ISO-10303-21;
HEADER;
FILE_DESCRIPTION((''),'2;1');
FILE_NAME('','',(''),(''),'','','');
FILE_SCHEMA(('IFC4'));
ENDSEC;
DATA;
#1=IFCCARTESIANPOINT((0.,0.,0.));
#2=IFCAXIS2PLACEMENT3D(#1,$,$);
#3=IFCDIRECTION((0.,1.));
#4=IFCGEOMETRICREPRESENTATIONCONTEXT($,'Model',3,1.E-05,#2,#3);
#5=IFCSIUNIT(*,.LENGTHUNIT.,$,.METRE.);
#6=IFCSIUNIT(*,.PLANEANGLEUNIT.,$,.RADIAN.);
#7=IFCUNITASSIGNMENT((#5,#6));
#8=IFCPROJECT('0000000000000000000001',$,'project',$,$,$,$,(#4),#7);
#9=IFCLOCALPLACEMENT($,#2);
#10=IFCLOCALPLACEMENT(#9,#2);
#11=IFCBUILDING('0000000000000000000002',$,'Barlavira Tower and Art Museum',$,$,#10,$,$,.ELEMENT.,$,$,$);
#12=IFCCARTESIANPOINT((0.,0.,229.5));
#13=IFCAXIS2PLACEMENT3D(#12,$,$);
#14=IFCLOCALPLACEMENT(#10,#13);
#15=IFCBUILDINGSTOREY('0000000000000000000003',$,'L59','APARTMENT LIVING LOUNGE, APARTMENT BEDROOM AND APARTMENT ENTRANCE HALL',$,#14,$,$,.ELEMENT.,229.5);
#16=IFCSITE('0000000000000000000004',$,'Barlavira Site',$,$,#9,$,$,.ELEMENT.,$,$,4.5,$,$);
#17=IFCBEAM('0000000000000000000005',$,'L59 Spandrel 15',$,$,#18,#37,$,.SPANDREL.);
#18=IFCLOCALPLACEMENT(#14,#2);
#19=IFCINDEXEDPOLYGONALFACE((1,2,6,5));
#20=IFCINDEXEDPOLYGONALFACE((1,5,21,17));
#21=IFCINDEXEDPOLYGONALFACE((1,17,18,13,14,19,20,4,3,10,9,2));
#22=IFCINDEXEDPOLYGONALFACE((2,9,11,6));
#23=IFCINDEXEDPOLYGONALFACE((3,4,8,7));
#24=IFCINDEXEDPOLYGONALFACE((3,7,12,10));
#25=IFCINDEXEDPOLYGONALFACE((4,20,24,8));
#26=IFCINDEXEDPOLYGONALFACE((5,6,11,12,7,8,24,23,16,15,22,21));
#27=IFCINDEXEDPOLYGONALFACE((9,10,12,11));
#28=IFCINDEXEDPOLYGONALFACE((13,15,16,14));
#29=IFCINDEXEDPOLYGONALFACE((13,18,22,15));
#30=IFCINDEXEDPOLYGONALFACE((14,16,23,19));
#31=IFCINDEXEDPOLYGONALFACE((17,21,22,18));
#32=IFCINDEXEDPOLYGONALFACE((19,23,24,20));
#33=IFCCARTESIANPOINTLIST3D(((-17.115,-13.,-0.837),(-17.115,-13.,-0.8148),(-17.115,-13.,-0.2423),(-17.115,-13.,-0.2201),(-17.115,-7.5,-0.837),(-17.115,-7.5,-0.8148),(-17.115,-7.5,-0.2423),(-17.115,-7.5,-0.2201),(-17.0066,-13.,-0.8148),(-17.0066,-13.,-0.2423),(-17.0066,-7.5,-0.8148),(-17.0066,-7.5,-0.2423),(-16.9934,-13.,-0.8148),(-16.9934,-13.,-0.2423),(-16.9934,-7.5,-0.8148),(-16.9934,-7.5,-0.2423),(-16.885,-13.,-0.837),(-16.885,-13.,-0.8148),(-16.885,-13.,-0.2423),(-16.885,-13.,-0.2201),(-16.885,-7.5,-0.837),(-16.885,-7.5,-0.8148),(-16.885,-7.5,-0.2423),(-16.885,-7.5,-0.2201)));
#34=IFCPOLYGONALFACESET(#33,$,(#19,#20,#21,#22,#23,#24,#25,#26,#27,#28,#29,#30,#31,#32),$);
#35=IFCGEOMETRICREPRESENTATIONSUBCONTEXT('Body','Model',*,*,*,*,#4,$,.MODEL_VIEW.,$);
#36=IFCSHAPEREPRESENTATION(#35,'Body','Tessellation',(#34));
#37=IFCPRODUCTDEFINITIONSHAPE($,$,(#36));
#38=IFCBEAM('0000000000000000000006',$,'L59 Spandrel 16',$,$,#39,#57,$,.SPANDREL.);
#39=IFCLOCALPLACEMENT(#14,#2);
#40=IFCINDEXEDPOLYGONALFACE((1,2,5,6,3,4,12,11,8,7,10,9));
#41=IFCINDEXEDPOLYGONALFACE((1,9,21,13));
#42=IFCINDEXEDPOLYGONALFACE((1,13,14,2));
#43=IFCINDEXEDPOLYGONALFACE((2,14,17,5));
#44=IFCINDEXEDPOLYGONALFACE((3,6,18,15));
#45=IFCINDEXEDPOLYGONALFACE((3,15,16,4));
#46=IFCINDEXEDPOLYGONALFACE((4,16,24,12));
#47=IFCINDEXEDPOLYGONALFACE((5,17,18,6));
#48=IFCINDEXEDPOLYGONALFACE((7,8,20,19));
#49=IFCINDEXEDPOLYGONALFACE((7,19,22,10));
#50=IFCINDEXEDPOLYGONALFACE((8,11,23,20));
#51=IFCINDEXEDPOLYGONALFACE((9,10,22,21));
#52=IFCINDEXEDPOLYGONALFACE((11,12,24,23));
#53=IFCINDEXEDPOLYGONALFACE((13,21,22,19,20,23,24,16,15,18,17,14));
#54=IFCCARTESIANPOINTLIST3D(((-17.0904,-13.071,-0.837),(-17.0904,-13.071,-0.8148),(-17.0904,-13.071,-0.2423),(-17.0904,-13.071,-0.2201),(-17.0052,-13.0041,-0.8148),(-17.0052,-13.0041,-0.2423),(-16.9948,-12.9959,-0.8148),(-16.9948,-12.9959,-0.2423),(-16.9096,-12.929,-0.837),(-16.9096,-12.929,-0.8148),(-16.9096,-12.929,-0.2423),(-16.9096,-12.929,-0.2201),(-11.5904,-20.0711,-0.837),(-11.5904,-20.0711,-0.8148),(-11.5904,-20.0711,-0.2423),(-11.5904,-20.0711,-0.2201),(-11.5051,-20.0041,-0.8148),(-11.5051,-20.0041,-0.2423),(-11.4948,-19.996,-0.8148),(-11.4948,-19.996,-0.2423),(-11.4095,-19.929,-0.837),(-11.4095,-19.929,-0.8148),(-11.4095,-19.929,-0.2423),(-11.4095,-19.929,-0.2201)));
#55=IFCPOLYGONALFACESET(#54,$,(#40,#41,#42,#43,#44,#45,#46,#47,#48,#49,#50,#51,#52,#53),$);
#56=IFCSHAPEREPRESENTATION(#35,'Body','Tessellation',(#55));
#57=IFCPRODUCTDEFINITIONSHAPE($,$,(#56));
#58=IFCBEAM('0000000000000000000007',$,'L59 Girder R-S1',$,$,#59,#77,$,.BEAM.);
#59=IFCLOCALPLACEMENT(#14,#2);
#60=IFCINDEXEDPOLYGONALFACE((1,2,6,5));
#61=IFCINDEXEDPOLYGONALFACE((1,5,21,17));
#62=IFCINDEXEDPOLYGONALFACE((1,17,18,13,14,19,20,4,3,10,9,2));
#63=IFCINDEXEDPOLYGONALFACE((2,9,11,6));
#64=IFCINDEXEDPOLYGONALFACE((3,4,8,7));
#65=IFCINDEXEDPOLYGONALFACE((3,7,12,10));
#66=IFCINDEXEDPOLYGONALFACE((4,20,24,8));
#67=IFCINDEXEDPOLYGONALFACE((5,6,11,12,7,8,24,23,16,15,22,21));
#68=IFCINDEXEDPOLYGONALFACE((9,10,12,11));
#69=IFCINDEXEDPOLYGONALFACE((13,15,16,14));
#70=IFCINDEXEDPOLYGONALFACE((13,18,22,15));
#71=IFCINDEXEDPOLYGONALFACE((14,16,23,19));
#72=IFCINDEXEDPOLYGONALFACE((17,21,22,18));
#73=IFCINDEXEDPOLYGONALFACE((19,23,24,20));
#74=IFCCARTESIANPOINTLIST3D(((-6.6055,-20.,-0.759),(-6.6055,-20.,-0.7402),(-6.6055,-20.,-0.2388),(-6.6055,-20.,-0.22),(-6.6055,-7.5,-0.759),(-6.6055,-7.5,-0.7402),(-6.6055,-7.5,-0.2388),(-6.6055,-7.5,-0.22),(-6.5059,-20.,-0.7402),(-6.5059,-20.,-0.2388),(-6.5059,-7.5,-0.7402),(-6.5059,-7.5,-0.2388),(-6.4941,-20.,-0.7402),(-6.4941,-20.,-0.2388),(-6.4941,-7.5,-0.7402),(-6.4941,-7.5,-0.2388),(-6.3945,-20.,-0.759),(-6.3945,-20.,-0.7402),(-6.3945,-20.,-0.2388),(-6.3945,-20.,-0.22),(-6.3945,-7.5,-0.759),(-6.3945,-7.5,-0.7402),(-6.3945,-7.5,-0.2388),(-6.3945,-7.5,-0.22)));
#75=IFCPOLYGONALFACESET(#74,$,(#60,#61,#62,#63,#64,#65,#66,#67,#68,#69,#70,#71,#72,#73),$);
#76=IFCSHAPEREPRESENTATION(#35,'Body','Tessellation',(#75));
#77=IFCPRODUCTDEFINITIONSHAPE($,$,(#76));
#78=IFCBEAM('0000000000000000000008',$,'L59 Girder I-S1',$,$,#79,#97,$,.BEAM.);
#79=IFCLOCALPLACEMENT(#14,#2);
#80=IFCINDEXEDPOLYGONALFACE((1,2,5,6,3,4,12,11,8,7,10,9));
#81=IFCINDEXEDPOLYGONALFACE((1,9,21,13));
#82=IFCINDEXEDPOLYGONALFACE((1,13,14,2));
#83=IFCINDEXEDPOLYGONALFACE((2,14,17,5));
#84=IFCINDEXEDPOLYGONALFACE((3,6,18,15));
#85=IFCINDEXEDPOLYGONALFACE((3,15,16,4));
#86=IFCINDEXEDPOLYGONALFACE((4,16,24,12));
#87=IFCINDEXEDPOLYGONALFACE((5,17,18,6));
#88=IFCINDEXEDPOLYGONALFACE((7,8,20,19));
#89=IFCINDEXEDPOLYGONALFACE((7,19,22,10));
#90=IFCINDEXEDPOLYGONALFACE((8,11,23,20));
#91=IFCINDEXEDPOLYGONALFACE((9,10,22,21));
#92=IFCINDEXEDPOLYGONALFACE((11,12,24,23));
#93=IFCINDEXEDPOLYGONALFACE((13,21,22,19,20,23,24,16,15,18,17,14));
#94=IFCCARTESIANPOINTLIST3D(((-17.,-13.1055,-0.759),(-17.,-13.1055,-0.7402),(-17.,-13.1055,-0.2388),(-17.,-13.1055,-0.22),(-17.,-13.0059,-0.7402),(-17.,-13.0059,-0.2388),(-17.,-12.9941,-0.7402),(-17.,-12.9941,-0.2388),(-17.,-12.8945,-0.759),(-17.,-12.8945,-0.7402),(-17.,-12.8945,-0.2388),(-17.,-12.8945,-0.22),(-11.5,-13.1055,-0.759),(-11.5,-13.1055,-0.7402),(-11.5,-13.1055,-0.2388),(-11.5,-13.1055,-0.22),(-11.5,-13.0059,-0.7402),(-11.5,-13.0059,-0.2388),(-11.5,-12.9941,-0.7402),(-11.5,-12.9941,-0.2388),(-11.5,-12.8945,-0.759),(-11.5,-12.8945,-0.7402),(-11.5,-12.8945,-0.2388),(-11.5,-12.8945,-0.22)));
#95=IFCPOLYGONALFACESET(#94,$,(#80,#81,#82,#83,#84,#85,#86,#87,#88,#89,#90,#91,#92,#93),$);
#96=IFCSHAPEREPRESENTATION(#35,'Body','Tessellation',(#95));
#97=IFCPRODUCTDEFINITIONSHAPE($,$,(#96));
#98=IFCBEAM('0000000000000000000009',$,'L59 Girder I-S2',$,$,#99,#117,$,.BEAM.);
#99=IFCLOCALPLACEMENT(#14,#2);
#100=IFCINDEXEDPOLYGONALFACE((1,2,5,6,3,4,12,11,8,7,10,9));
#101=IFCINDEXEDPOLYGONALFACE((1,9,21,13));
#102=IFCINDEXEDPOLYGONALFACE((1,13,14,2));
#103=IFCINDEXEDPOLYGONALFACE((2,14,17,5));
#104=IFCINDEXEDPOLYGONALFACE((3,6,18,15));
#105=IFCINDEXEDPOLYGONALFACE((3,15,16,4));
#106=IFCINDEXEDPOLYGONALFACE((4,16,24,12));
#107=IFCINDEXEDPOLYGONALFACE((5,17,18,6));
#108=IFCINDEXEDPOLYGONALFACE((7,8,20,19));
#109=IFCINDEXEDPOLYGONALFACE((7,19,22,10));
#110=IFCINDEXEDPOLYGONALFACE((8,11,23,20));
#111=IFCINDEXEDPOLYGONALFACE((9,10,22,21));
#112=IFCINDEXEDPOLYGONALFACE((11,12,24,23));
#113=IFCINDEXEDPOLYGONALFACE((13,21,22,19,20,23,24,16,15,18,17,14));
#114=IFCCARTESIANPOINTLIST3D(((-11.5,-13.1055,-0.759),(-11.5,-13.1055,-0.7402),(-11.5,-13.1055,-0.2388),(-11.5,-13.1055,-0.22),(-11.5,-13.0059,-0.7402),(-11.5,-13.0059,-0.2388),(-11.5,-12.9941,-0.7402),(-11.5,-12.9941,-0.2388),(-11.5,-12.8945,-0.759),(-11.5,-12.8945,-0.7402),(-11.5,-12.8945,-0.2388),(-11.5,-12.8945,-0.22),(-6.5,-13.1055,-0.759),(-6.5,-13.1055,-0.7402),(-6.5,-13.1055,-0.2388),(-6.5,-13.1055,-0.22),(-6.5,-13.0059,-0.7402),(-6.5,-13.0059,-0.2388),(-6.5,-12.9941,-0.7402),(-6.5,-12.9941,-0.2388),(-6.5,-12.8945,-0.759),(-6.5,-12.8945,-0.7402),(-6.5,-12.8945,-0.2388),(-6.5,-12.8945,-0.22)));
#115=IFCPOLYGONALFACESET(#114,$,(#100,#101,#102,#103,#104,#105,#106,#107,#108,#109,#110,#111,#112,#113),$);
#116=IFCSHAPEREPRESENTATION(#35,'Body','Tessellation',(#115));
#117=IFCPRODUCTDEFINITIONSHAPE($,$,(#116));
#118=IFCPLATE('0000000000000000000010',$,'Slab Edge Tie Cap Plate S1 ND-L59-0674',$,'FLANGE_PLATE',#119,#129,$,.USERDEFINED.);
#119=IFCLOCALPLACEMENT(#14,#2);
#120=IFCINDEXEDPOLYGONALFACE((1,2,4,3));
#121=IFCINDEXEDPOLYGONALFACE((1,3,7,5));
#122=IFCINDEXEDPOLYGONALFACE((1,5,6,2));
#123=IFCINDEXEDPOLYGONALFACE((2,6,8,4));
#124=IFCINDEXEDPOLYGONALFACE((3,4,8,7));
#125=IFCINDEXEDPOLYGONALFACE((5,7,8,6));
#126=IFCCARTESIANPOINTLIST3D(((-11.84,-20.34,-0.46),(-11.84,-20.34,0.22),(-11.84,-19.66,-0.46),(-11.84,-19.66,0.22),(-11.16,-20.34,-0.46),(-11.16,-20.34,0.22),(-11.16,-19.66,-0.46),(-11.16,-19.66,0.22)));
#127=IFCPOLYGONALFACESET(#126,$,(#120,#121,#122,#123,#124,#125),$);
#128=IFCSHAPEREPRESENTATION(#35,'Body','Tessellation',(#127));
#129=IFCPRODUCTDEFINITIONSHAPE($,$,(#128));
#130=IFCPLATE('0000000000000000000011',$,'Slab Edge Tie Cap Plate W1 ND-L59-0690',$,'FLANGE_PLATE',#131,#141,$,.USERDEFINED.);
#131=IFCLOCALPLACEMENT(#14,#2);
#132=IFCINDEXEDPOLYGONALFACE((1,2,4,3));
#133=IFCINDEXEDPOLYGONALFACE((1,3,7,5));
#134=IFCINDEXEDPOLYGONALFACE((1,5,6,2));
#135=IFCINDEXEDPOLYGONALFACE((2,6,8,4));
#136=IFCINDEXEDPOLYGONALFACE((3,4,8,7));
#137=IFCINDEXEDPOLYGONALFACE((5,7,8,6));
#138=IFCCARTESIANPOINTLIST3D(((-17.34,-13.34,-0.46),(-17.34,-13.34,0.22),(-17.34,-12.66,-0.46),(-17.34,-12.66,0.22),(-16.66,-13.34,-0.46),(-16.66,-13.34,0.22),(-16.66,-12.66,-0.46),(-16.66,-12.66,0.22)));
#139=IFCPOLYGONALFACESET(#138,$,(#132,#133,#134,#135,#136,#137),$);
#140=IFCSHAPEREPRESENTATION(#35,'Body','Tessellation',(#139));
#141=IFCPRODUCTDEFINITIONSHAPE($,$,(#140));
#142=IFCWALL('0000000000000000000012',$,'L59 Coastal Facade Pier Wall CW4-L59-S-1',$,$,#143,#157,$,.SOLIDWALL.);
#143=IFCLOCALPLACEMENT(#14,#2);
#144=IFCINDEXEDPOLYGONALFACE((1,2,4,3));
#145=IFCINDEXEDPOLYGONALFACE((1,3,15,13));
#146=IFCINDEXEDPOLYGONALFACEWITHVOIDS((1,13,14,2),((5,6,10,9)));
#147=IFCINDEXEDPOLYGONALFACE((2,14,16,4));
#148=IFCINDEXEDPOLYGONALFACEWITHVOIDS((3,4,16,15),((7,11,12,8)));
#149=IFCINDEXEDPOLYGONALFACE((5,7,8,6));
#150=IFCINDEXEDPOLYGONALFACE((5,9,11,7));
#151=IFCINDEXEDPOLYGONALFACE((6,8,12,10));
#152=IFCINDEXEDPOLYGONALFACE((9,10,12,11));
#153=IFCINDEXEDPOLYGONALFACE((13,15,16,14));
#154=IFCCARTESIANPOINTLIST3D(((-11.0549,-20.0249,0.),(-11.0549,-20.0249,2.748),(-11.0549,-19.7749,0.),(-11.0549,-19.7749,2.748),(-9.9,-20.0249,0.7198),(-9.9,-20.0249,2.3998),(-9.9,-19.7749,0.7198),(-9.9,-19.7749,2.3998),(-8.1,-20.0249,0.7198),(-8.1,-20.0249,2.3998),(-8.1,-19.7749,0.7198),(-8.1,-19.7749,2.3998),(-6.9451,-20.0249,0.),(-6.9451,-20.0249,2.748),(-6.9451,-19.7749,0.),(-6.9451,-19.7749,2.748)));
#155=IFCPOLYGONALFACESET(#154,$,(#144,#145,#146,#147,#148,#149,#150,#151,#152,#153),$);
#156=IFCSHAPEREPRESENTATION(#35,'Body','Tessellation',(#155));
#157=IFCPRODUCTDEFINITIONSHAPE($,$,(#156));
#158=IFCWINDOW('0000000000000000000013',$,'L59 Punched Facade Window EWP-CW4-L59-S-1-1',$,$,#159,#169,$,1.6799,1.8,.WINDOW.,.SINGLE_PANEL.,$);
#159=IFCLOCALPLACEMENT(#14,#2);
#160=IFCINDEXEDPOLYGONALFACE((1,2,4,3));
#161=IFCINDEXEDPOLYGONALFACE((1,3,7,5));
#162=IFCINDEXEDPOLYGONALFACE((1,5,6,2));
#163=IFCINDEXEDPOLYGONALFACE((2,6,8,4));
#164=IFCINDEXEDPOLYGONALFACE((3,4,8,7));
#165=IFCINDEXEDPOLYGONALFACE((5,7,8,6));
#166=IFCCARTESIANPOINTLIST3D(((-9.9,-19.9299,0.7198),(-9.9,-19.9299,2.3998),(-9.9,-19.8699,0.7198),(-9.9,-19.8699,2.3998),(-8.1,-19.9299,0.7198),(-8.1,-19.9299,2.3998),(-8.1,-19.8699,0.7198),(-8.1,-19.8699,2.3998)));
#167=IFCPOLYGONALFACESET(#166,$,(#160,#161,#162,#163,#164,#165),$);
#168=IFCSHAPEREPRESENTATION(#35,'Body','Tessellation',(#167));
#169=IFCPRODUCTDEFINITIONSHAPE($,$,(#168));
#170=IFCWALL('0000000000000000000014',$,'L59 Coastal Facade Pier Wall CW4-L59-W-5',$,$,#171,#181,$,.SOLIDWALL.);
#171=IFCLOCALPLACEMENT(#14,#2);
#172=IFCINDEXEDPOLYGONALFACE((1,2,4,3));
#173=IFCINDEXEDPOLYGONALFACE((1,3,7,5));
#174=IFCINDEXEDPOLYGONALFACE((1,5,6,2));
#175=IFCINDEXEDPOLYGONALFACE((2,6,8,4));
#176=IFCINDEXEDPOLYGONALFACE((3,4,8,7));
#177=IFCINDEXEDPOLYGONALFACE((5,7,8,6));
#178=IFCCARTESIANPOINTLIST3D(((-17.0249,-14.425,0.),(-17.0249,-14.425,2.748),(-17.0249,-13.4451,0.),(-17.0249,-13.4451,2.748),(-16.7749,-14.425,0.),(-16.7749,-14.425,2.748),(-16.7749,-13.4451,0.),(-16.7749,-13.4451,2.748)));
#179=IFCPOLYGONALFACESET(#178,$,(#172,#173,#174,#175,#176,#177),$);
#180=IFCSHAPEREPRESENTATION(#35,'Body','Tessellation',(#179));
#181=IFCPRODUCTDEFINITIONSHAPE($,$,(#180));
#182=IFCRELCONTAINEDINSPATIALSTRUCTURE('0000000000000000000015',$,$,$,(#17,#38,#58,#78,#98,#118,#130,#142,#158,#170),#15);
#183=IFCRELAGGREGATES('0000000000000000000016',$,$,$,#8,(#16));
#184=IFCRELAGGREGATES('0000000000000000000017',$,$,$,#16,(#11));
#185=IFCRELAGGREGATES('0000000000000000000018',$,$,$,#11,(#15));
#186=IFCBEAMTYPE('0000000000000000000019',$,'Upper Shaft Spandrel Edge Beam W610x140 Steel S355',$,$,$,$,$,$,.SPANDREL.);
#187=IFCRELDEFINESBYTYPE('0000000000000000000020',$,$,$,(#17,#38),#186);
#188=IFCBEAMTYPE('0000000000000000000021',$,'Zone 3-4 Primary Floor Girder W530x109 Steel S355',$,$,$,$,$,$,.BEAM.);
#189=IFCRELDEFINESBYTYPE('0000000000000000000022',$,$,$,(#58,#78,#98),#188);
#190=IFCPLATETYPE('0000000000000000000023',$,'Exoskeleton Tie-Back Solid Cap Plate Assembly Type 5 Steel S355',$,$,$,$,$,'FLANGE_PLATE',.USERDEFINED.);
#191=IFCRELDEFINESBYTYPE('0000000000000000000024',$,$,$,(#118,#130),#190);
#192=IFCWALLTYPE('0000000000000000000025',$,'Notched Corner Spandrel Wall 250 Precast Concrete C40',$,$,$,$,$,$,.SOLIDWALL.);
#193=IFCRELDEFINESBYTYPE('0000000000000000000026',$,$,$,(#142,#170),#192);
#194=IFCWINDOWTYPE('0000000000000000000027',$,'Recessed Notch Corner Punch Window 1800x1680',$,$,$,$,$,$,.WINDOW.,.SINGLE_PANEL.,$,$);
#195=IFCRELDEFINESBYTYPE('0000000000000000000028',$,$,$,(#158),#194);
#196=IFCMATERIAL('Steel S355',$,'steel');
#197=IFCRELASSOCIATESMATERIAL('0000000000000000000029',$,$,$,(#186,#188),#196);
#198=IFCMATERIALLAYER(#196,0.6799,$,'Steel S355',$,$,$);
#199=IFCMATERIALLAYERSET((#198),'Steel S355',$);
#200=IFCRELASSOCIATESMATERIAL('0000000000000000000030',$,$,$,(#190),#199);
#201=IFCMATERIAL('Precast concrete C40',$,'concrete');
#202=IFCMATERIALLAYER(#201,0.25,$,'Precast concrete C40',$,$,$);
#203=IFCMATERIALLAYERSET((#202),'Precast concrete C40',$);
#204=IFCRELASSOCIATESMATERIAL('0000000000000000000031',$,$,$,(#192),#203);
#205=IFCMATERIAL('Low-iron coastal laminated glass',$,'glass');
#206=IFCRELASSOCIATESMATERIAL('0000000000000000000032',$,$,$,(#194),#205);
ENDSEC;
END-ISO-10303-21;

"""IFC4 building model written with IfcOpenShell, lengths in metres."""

from ifc_helpers import new_model, si_unit, direction, frame, frame_2d, origin, origin_2d, place, context, subcontext, project, spatial, rectangle, i_section, extrude, material, layer, layer_set, material_profile, profile_set, type_object, element, fill, save


model = new_model("IFC4")

# Units and contexts
model_context = context("Model", 3, precision=1e-05, world=origin(), true_north=direction((0.0, 1.0)))
body_context = subcontext(model_context, "Body", "Model", "MODEL_VIEW")
ifc_project = project(units=[si_unit("LENGTHUNIT", "METRE"), si_unit("PLANEANGLEUNIT", "RADIAN")], contexts=[model_context])

# Site, building, storey
site_placement = place(None, origin())
site = spatial("IfcSite", under=ifc_project, at=site_placement, Name="Barlavira Site", CompositionType="ELEMENT", RefElevation=4.5)
building_placement = place(site_placement, origin())
building = spatial("IfcBuilding", under=site, at=building_placement, Name="Barlavira Tower and Art Museum", CompositionType="ELEMENT")
storey_placement = place(building_placement, frame((0.0, 0.0, 229.5)))
storey = spatial("IfcBuildingStorey", under=building, at=storey_placement, Name="L59", Description="APARTMENT LIVING LOUNGE, APARTMENT BEDROOM AND APARTMENT ENTRANCE HALL", CompositionType="ELEMENT", Elevation=229.5)

# Shared definitions
ifc_material_1 = material(Name="Steel S355", Category="steel")

# Beams
ifc_material_profile_1 = material_profile(ifc_material_1, i_section(OverallWidth=0.23, OverallDepth=0.6169, WebThickness=0.0132, FlangeThickness=0.0222, at=origin_2d()), Name="W610x140.0")
ifc_profile_set_1 = profile_set([ifc_material_profile_1], Name="Steel S355")
beam_type_1 = type_object("IfcBeamType", Name="Upper Shaft Spandrel Edge Beam W610x140 Steel S355", PredefinedType="SPANDREL", material=ifc_profile_set_1)
beam_1_placement = place(storey_placement, frame((-17.0, -13.0, -0.5286), z_axis=(0.0, 1.0, 0.0), x_axis=(-1.0, 0.0, 0.0)))
element("IfcBeam", 1, at=beam_1_placement, inside=storey, type_object=beam_type_1, Name="L59 Spandrel 15", PredefinedType="SPANDREL", context=body_context, shape_type="SweptSolid", body=[
    extrude(i_section(OverallWidth=0.23, OverallDepth=0.6169, WebThickness=0.0132, FlangeThickness=0.0222, at=origin_2d()), origin(), (0.0, 0.0, 1.0), 5.5),
])
beam_2_placement = place(storey_placement, frame((-17.0, -13.0, -0.5286), z_axis=(0.617822, -0.786318, 0.0), x_axis=(0.786318, 0.617822, 0.0)))
element("IfcBeam", 2, at=beam_2_placement, inside=storey, type_object=beam_type_1, Name="L59 Spandrel 16", PredefinedType="SPANDREL", context=body_context, shape_type="SweptSolid", body=[
    extrude(i_section(OverallWidth=0.23, OverallDepth=0.6169, WebThickness=0.0132, FlangeThickness=0.0222, at=origin_2d()), origin(), (0.0, 0.0, 1.0), 8.9023),
])
ifc_material_profile_2 = material_profile(ifc_material_1, i_section(OverallWidth=0.2109, OverallDepth=0.5391, WebThickness=0.0117, FlangeThickness=0.0188, at=origin_2d()), Name="W530x109.0")
ifc_profile_set_2 = profile_set([ifc_material_profile_2], Name="Steel S355")
beam_type_2 = type_object("IfcBeamType", Name="Zone 3-4 Primary Floor Girder W530x109 Steel S355", PredefinedType="BEAM", material=ifc_profile_set_2)
beam_3_placement = place(storey_placement, frame((-6.5, -20.0, -0.4895), z_axis=(0.0, 1.0, 0.0), x_axis=(-1.0, 0.0, 0.0)))
element("IfcBeam", 3, at=beam_3_placement, inside=storey, type_object=beam_type_2, Name="L59 Girder R-S1", PredefinedType="BEAM", context=body_context, shape_type="SweptSolid", body=[
    extrude(i_section(OverallWidth=0.2109, OverallDepth=0.5391, WebThickness=0.0117, FlangeThickness=0.0188, at=origin_2d()), origin(), (0.0, 0.0, 1.0), 12.5),
])
beam_4_placement = place(storey_placement, frame((-17.0, -13.0, -0.4895), z_axis=(1.0, 0.0, 0.0), x_axis=(0.0, 1.0, 0.0)))
element("IfcBeam", 4, at=beam_4_placement, inside=storey, type_object=beam_type_2, Name="L59 Girder I-S1", PredefinedType="BEAM", context=body_context, shape_type="SweptSolid", body=[
    extrude(i_section(OverallWidth=0.2109, OverallDepth=0.5391, WebThickness=0.0117, FlangeThickness=0.0188, at=origin_2d()), origin(), (0.0, 0.0, 1.0), 5.5),
])
beam_5_placement = place(storey_placement, frame((-11.5, -13.0, -0.4895), z_axis=(1.0, 0.0, 0.0), x_axis=(0.0, 1.0, 0.0)))
element("IfcBeam", 5, at=beam_5_placement, inside=storey, type_object=beam_type_2, Name="L59 Girder I-S2", PredefinedType="BEAM", context=body_context, shape_type="SweptSolid", body=[
    extrude(i_section(OverallWidth=0.2109, OverallDepth=0.5391, WebThickness=0.0117, FlangeThickness=0.0188, at=origin_2d()), origin(), (0.0, 0.0, 1.0), 5.0),
])

# Plates
ifc_layer_1 = layer(ifc_material_1, 0.6799, Name="Steel S355")
ifc_layer_set_1 = layer_set([ifc_layer_1], Name="Steel S355")
plate_type = type_object("IfcPlateType", Name="Exoskeleton Tie-Back Solid Cap Plate Assembly Type 5 Steel S355", ElementType="FLANGE_PLATE", PredefinedType="USERDEFINED", material=ifc_layer_set_1)
for number, where, z_axis, x_axis, name in (
    (6, (-11.5, -20.0, -0.46), (0.0, 0.0, 1.0), (1.0, 0.0, 0.0), "Slab Edge Tie Cap Plate S1 ND-L59-0674"),
    (7, (-17.0, -13.0, -0.46), (0.0, 0.0, 1.0), (1.0, 0.0, 0.0), "Slab Edge Tie Cap Plate W1 ND-L59-0690"),
):
    element("IfcPlate", number, at=place(storey_placement, frame(where, z_axis=z_axis, x_axis=x_axis)), inside=storey, type_object=plate_type, Name=name, ObjectType="FLANGE_PLATE", PredefinedType="USERDEFINED", context=body_context, shape_type="SweptSolid", body=[
        extrude(rectangle(XDim=0.6799, YDim=0.6799, at=origin_2d()), origin(), (0.0, 0.0, 1.0), 0.6799),
    ])

# Wall, opening, window
ifc_material_2 = material(Name="Precast concrete C40", Category="concrete")
ifc_layer_2 = layer(ifc_material_2, 0.25, Name="Precast concrete C40")
ifc_layer_set_2 = layer_set([ifc_layer_2], Name="Precast concrete C40")
wall_type = type_object("IfcWallType", Name="Notched Corner Spandrel Wall 250 Precast Concrete C40", PredefinedType="SOLIDWALL", material=ifc_layer_set_2)
wall_1_placement = place(storey_placement, frame((-11.0549, -19.8999, 0.0), z_axis=(0.0, 0.0, 1.0), x_axis=(1.0, 0.0, 0.0)))
wall_1 = element("IfcWall", 8, at=wall_1_placement, inside=storey, type_object=wall_type, Name="L59 Coastal Facade Pier Wall CW4-L59-S-1", PredefinedType="SOLIDWALL", context=body_context, shape_type="SweptSolid", body=[
    extrude(rectangle(XDim=4.1099, YDim=0.25, at=frame_2d((2.0549, 0.0))), origin(), (0.0, 0.0, 1.0), 2.748),
])
opening_1_placement = place(wall_1_placement, frame((1.155, 0.0, 0.72)))
opening_1 = element("IfcOpeningElement", 9, at=opening_1_placement, cuts=wall_1, PredefinedType="OPENING", context=body_context, shape_type="SweptSolid", body=[
    extrude(rectangle(XDim=1.8, YDim=1.6799, at=frame_2d((0.8999, 0.8398))), frame((0.0, 0.135, 0.0), z_axis=(0.0, -1.0, 0.0), x_axis=(1.0, 0.0, 0.0)), (0.0, 0.0, 1.0), 0.27),
])
ifc_material_3 = material(Name="Low-iron coastal laminated glass", Category="glass")
window_type = type_object("IfcWindowType", Name="Recessed Notch Corner Punch Window 1800x1680", PartitioningType="SINGLE_PANEL", PredefinedType="WINDOW", material=ifc_material_3)
window_1_placement = place(opening_1_placement, origin())
window_1 = element("IfcWindow", 10, at=window_1_placement, inside=storey, type_object=window_type, Name="L59 Punched Facade Window EWP-CW4-L59-S-1-1", OverallHeight=1.6799, OverallWidth=1.8, PartitioningType="SINGLE_PANEL", PredefinedType="WINDOW", context=body_context, shape_type="SweptSolid", body=[
    extrude(rectangle(XDim=1.8, YDim=1.6799, at=frame_2d((0.8999, 0.8398))), frame((0.0, 0.03, 0.0), z_axis=(0.0, -1.0, 0.0), x_axis=(1.0, 0.0, 0.0)), (0.0, 0.0, 1.0), 0.0601),
])
fill(opening_1, window_1)

# Wall
wall_2_placement = place(storey_placement, frame((-16.8999, -13.4451, 0.0), z_axis=(0.0, 0.0, 1.0), x_axis=(0.0, -1.0, 0.0)))
element("IfcWall", 11, at=wall_2_placement, inside=storey, type_object=wall_type, Name="L59 Coastal Facade Pier Wall CW4-L59-W-5", PredefinedType="SOLIDWALL", context=body_context, shape_type="SweptSolid", body=[
    extrude(rectangle(XDim=0.98, YDim=0.25, at=frame_2d((0.49, 0.0))), origin(), (0.0, 0.0, 1.0), 2.748),
])

save(model, "model.ifc")
